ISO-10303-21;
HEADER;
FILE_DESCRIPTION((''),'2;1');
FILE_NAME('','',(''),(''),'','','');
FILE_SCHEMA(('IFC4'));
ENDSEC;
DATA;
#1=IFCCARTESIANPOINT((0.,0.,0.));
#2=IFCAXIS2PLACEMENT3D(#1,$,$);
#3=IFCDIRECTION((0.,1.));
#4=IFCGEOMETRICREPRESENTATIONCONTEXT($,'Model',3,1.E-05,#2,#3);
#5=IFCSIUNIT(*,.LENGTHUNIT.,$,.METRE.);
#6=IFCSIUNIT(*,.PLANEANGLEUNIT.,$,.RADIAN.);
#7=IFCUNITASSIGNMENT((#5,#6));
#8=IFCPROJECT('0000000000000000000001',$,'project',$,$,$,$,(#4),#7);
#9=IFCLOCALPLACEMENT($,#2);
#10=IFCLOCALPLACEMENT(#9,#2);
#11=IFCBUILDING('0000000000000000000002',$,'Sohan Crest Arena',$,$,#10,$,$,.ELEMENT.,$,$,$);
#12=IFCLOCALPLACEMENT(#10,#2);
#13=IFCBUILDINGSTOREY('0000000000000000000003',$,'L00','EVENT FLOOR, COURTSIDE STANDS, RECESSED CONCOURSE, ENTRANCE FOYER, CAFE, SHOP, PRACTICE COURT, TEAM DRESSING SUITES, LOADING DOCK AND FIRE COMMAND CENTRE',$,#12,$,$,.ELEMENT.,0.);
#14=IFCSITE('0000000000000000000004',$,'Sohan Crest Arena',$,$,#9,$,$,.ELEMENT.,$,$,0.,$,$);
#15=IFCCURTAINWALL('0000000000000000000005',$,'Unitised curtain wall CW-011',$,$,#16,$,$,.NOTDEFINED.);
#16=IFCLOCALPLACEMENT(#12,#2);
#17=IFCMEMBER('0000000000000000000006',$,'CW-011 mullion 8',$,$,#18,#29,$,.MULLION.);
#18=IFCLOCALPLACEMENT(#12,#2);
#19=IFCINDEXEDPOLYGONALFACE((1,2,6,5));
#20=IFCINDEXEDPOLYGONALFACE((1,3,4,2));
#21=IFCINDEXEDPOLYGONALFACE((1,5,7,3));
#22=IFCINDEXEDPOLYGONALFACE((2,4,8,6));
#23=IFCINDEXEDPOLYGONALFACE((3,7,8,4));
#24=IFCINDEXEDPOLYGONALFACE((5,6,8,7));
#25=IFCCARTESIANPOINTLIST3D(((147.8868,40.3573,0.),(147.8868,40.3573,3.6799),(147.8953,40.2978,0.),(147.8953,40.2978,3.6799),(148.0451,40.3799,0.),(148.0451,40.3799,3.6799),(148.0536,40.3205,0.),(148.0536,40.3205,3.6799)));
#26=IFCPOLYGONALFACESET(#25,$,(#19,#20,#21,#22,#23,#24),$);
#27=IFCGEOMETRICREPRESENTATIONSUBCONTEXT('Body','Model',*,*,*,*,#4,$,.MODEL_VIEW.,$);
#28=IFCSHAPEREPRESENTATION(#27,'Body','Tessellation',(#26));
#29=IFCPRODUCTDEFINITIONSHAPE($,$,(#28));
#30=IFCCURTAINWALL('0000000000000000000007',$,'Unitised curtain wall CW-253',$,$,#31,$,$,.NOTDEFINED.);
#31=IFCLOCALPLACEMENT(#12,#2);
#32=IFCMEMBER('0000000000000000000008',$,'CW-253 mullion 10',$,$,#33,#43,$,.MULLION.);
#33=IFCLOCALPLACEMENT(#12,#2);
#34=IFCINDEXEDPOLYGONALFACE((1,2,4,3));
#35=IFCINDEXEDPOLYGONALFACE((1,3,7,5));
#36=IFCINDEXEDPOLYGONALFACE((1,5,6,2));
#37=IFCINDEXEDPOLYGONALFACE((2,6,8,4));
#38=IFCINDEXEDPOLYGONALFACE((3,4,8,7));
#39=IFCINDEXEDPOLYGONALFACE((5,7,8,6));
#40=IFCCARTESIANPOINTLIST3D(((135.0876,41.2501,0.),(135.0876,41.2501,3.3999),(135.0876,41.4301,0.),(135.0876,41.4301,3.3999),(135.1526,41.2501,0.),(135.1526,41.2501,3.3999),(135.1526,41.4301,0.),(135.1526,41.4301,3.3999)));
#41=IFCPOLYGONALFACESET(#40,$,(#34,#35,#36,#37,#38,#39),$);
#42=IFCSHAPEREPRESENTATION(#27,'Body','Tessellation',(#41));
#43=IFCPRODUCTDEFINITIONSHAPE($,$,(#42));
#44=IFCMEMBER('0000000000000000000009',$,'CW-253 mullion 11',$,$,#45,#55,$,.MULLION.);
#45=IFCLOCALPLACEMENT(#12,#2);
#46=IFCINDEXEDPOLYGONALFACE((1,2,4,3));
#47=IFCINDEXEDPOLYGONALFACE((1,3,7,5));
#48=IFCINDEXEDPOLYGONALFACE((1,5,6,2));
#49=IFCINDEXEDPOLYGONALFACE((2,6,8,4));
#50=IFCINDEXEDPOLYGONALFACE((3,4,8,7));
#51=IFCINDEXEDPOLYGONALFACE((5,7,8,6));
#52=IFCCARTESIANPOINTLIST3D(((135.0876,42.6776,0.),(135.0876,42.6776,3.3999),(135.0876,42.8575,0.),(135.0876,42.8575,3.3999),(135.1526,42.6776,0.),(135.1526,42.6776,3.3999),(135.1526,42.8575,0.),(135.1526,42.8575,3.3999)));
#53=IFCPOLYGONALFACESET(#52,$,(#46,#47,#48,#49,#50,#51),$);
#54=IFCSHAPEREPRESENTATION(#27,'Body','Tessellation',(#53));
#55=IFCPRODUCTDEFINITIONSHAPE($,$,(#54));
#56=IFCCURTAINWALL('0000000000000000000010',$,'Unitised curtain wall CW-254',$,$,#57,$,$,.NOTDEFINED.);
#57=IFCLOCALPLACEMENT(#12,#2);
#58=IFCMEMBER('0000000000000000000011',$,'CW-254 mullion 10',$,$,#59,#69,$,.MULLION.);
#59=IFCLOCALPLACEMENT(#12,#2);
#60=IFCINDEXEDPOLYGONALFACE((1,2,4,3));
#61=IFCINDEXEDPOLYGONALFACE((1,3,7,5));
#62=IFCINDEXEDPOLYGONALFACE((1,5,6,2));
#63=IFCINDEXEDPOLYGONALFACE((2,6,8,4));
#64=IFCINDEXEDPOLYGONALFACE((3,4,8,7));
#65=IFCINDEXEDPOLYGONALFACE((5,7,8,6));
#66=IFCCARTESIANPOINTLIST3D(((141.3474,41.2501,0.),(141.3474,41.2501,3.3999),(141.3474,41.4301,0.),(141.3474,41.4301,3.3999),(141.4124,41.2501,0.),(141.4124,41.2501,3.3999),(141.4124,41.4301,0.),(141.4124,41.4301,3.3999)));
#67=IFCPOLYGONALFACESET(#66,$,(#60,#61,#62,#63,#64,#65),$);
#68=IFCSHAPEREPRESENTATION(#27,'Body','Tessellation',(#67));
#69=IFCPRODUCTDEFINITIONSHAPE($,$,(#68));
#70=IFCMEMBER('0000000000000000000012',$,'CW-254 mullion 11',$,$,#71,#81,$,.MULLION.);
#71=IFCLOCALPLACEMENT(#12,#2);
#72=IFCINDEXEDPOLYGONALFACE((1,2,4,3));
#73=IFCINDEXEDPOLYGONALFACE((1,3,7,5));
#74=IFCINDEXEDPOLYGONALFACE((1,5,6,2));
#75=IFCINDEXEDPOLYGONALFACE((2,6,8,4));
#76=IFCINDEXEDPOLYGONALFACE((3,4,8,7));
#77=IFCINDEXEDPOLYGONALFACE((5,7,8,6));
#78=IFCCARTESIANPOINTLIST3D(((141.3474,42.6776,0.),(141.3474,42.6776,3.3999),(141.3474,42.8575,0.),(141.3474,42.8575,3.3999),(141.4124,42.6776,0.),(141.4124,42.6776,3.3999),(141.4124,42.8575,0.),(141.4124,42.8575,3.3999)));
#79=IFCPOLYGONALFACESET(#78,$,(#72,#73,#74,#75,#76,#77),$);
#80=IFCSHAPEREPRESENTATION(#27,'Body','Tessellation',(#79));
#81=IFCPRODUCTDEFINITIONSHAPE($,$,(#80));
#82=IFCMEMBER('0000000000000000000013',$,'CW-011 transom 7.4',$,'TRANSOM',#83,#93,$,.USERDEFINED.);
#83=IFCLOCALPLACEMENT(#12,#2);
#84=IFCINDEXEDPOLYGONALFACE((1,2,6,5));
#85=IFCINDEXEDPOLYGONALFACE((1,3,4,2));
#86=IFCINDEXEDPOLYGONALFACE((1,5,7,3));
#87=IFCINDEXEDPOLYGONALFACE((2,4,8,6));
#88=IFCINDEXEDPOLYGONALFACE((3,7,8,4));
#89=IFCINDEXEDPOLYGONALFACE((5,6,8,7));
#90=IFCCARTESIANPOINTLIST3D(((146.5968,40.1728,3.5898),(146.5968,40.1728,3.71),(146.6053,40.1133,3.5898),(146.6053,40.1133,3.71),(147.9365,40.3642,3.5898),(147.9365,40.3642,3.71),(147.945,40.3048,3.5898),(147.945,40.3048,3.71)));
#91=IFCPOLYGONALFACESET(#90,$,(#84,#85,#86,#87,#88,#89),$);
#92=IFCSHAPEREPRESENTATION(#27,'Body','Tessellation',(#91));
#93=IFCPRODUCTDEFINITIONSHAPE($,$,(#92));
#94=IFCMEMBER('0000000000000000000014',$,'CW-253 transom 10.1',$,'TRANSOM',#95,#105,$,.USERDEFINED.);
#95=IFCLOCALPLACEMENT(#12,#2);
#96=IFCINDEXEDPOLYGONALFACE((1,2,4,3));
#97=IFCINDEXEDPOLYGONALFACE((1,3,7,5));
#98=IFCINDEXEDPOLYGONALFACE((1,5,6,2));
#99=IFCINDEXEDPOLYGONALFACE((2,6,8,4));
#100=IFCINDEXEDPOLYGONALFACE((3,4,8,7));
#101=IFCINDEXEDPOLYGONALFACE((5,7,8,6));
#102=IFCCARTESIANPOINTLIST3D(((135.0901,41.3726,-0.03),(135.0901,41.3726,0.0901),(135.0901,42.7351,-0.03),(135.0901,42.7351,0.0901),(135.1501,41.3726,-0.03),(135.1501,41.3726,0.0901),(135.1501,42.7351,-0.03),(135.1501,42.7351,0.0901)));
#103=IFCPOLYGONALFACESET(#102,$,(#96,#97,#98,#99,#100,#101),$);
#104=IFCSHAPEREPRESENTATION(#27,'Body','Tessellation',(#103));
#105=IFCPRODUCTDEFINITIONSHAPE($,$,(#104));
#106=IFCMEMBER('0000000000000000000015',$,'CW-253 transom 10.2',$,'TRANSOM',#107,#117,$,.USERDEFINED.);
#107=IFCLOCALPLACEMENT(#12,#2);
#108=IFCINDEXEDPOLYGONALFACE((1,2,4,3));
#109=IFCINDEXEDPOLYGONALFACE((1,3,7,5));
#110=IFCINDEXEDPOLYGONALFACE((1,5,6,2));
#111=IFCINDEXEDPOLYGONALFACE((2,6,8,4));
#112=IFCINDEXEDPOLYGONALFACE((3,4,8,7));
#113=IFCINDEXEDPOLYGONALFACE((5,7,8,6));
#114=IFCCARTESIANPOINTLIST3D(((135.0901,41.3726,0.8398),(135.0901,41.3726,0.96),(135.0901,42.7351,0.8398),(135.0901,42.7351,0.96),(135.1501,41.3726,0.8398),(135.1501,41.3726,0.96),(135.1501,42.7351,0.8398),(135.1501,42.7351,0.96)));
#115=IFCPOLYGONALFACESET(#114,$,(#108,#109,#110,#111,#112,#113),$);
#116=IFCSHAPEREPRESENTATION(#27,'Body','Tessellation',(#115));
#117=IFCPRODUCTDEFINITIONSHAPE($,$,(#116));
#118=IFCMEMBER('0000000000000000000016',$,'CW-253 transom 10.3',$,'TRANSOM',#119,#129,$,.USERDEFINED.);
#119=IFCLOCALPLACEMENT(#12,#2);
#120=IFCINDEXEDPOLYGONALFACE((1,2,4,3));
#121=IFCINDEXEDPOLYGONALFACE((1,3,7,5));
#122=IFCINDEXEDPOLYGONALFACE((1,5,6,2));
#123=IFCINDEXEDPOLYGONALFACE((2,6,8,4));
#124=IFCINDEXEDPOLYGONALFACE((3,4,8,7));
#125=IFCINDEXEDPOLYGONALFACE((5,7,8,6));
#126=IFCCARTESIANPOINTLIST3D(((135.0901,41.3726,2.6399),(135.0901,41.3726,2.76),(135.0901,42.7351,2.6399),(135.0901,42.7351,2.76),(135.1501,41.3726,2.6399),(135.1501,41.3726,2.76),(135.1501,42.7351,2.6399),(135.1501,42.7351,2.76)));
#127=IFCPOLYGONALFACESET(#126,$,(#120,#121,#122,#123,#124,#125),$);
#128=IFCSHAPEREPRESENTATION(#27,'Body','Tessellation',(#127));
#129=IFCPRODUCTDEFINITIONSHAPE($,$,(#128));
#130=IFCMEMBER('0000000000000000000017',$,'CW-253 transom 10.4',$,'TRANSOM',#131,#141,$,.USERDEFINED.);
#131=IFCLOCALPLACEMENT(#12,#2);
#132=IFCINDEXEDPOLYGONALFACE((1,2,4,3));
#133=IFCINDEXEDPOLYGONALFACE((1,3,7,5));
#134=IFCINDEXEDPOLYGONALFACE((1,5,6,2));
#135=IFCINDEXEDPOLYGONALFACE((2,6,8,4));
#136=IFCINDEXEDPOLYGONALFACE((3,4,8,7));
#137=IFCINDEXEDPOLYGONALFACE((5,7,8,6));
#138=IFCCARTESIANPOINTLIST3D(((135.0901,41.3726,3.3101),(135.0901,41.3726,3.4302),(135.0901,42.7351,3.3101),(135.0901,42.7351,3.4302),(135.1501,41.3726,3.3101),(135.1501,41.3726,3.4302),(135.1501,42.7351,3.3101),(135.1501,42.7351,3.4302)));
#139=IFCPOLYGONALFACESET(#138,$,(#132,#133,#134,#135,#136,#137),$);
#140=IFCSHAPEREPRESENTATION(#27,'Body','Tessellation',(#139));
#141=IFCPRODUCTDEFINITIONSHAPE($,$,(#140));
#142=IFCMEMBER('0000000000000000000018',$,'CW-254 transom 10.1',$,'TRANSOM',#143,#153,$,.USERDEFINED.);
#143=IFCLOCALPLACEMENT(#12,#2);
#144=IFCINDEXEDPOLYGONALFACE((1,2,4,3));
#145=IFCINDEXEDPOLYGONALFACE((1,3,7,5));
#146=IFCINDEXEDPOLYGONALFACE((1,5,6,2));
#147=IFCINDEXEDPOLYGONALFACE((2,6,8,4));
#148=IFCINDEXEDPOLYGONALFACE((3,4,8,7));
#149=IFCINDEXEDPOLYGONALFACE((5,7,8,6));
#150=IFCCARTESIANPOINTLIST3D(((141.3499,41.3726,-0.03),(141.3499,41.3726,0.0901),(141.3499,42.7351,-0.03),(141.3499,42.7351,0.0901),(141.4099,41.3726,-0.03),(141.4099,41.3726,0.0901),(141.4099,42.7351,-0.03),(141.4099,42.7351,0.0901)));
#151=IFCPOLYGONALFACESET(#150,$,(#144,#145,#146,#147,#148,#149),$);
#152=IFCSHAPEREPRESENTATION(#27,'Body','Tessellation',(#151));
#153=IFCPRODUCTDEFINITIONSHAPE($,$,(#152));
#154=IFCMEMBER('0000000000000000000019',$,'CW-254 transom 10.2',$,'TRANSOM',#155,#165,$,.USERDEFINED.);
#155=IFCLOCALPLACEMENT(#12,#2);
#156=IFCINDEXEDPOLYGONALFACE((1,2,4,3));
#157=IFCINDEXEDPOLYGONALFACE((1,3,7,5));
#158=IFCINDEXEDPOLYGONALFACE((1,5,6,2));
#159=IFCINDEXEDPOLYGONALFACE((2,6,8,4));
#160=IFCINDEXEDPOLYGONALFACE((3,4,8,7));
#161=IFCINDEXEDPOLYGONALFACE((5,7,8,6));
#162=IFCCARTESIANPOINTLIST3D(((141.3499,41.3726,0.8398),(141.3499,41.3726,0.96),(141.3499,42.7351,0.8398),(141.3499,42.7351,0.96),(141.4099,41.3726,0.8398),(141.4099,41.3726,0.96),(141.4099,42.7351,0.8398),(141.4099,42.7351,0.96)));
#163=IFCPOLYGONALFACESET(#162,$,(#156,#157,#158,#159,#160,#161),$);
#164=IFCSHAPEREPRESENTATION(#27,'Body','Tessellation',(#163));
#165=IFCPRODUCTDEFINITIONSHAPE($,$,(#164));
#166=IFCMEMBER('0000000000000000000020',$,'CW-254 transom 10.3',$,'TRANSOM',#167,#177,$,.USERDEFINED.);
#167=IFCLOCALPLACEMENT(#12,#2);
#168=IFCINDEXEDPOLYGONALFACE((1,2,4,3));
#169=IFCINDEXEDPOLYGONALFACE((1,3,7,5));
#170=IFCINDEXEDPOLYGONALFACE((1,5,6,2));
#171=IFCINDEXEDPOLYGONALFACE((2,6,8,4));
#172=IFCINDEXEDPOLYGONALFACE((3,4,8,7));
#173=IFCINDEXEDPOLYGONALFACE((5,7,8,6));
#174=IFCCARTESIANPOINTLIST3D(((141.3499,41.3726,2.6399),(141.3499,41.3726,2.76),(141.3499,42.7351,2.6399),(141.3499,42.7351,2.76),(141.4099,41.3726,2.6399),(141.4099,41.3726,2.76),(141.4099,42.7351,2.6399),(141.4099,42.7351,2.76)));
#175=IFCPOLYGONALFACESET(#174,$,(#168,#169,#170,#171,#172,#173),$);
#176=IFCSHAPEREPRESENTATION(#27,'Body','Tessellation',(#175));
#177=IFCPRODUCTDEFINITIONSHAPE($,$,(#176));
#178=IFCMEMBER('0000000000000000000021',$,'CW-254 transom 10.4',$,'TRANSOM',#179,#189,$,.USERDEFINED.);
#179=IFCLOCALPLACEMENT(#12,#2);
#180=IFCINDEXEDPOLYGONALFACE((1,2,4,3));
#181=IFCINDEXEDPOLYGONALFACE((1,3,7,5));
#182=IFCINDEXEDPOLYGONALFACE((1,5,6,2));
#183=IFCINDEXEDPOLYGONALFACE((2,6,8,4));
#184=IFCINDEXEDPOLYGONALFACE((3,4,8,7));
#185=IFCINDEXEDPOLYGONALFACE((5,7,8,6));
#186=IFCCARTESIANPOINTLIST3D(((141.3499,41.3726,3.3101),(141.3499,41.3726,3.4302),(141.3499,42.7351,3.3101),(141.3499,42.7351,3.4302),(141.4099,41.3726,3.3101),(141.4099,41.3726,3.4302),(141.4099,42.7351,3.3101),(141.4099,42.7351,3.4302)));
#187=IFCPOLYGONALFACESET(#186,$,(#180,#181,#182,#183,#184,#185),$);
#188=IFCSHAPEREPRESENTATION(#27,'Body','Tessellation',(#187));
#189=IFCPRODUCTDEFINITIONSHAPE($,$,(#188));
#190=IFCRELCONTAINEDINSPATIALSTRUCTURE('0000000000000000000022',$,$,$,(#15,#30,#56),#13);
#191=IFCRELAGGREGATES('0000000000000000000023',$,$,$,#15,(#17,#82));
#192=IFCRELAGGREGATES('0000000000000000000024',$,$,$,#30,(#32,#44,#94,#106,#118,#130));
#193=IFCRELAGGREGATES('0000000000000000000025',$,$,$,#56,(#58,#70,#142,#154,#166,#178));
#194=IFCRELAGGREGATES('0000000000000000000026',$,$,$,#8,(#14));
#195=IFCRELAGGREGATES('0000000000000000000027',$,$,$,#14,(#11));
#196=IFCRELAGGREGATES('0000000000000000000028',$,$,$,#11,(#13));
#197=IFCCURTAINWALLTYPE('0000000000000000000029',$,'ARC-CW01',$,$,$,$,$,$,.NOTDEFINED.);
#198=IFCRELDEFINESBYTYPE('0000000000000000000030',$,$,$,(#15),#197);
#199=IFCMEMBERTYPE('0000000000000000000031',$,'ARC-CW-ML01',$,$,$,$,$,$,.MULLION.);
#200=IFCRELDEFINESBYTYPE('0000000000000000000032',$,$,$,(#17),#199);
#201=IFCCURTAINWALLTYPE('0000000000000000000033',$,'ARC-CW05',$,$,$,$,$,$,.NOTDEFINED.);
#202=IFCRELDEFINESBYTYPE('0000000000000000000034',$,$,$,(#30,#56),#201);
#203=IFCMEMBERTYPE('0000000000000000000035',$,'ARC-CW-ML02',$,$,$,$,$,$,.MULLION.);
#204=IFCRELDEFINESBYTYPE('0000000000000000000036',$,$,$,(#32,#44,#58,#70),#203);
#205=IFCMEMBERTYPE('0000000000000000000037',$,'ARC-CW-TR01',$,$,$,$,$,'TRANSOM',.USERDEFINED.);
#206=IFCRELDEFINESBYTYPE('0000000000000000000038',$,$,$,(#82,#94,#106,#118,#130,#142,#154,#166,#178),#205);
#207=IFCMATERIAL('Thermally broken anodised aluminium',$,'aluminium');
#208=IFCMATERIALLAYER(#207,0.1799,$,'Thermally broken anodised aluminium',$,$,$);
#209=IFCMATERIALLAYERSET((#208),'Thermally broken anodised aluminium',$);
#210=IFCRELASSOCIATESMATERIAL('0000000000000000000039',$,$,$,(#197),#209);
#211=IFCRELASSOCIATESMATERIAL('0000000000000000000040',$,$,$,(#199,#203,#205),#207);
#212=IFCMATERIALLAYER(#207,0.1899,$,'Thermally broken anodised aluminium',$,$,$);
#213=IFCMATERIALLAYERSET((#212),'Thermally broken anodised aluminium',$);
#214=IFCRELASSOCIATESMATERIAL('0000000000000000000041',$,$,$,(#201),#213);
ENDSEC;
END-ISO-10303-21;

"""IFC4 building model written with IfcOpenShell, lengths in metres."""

from ifc_helpers import new_model, si_unit, direction, frame, origin, origin_2d, place, context, subcontext, project, spatial, rectangle, extrude, material, layer, layer_set, material_profile, profile_set, type_object, element, aggregate, save


model = new_model("IFC4")

# Units and contexts
model_context = context("Model", 3, precision=1e-05, world=origin(), true_north=direction((0.0, 1.0)))
body_context = subcontext(model_context, "Body", "Model", "MODEL_VIEW")
ifc_project = project(units=[si_unit("LENGTHUNIT", "METRE"), si_unit("PLANEANGLEUNIT", "RADIAN")], contexts=[model_context])

# Site, building, storey
site_placement = place(None, origin())
site = spatial("IfcSite", under=ifc_project, at=site_placement, Name="Sohan Crest Arena", CompositionType="ELEMENT", RefElevation=0.0)
building_placement = place(site_placement, origin())
building = spatial("IfcBuilding", under=site, at=building_placement, Name="Sohan Crest Arena", CompositionType="ELEMENT")
storey_placement = place(building_placement, origin())
storey = spatial("IfcBuildingStorey", under=building, at=storey_placement, Name="L00", Description="EVENT FLOOR, COURTSIDE STANDS, RECESSED CONCOURSE, ENTRANCE FOYER, CAFE, SHOP, PRACTICE COURT, TEAM DRESSING SUITES, LOADING DOCK AND FIRE COMMAND CENTRE", CompositionType="ELEMENT", Elevation=0.0)

# Curtain wall, member
ifc_material_1 = material(Name="Thermally broken anodised aluminium", Category="aluminium")
ifc_layer_1 = layer(ifc_material_1, 0.1799, Name="Thermally broken anodised aluminium")
ifc_layer_set_1 = layer_set([ifc_layer_1], Name="Thermally broken anodised aluminium")
curtain_wall_type_1 = type_object("IfcCurtainWallType", Name="ARC-CW01", PredefinedType="NOTDEFINED", material=ifc_layer_set_1)
curtain_wall_1_placement = place(storey_placement, origin())
curtain_wall_1 = element("IfcCurtainWall", 1, at=curtain_wall_1_placement, inside=storey, type_object=curtain_wall_type_1, Name="Unitised curtain wall CW-011", PredefinedType="NOTDEFINED")
ifc_material_profile_1 = material_profile(ifc_material_1, rectangle(XDim=0.0601, YDim=0.1599, at=origin_2d()), Name="ALU-MULL 60x160")
ifc_profile_set_1 = profile_set([ifc_material_profile_1], Name="Thermally broken anodised aluminium")
member_type_1 = type_object("IfcMemberType", Name="ARC-CW-ML01", PredefinedType="MULLION", material=ifc_profile_set_1)
member_1_placement = place(storey_placement, frame((147.9702, 40.3389, 0.0), z_axis=(0.0, 0.0, 1.0), x_axis=(-0.141463, 0.989944, 0.0)))
member_1 = element("IfcMember", 2, at=member_1_placement, type_object=member_type_1, Name="CW-011 mullion 8", PredefinedType="MULLION", context=body_context, shape_type="SweptSolid", body=[
    extrude(rectangle(XDim=0.0601, YDim=0.1599, at=origin_2d()), origin(), (0.0, 0.0, 1.0), 3.6799),
])

# Curtain walls, members
ifc_layer_2 = layer(ifc_material_1, 0.1899, Name="Thermally broken anodised aluminium")
ifc_layer_set_2 = layer_set([ifc_layer_2], Name="Thermally broken anodised aluminium")
curtain_wall_type_2 = type_object("IfcCurtainWallType", Name="ARC-CW05", PredefinedType="NOTDEFINED", material=ifc_layer_set_2)
curtain_wall_2_placement = place(storey_placement, origin())
curtain_wall_2 = element("IfcCurtainWall", 3, at=curtain_wall_2_placement, inside=storey, type_object=curtain_wall_type_2, Name="Unitised curtain wall CW-253", PredefinedType="NOTDEFINED")
ifc_material_profile_2 = material_profile(ifc_material_1, rectangle(XDim=0.0649, YDim=0.1799, at=origin_2d()), Name="ALU-MULL 65x180")
ifc_profile_set_2 = profile_set([ifc_material_profile_2], Name="Thermally broken anodised aluminium")
member_type_2 = type_object("IfcMemberType", Name="ARC-CW-ML02", PredefinedType="MULLION", material=ifc_profile_set_2)
member_2_placement = place(storey_placement, frame((135.1201, 41.3401, 0.0), z_axis=(0.0, 0.0, 1.0), x_axis=(-1.0, 0.0, 0.0)))
member_2 = element("IfcMember", 4, at=member_2_placement, type_object=member_type_2, Name="CW-253 mullion 10", PredefinedType="MULLION", context=body_context, shape_type="SweptSolid", body=[
    extrude(rectangle(XDim=0.0649, YDim=0.1799, at=origin_2d()), origin(), (0.0, 0.0, 1.0), 3.3999),
])
member_3_placement = place(storey_placement, frame((135.1201, 42.7676, 0.0), z_axis=(0.0, 0.0, 1.0), x_axis=(-1.0, 0.0, 0.0)))
member_3 = element("IfcMember", 5, at=member_3_placement, type_object=member_type_2, Name="CW-253 mullion 11", PredefinedType="MULLION", context=body_context, shape_type="SweptSolid", body=[
    extrude(rectangle(XDim=0.0649, YDim=0.1799, at=origin_2d()), origin(), (0.0, 0.0, 1.0), 3.3999),
])
curtain_wall_3_placement = place(storey_placement, origin())
curtain_wall_3 = element("IfcCurtainWall", 6, at=curtain_wall_3_placement, inside=storey, type_object=curtain_wall_type_2, Name="Unitised curtain wall CW-254", PredefinedType="NOTDEFINED")
member_4_placement = place(storey_placement, frame((141.3799, 41.3401, 0.0), z_axis=(0.0, 0.0, 1.0), x_axis=(-1.0, 0.0, 0.0)))
member_4 = element("IfcMember", 7, at=member_4_placement, type_object=member_type_2, Name="CW-254 mullion 10", PredefinedType="MULLION", context=body_context, shape_type="SweptSolid", body=[
    extrude(rectangle(XDim=0.0649, YDim=0.1799, at=origin_2d()), origin(), (0.0, 0.0, 1.0), 3.3999),
])
member_5_placement = place(storey_placement, frame((141.3799, 42.7676, 0.0), z_axis=(0.0, 0.0, 1.0), x_axis=(-1.0, 0.0, 0.0)))
member_5 = element("IfcMember", 8, at=member_5_placement, type_object=member_type_2, Name="CW-254 mullion 11", PredefinedType="MULLION", context=body_context, shape_type="SweptSolid", body=[
    extrude(rectangle(XDim=0.0649, YDim=0.1799, at=origin_2d()), origin(), (0.0, 0.0, 1.0), 3.3999),
])

# Members
ifc_material_profile_3 = material_profile(ifc_material_1, rectangle(XDim=0.0601, YDim=0.1201, at=origin_2d()), Name="ALU-TRAN 60x120")
ifc_profile_set_3 = profile_set([ifc_material_profile_3], Name="Thermally broken anodised aluminium")
member_type_3 = type_object("IfcMemberType", Name="ARC-CW-TR01", ElementType="TRANSOM", PredefinedType="USERDEFINED", material=ifc_profile_set_3)
member_6_placement = place(storey_placement, frame((146.6011, 40.1431, 3.6499), z_axis=(0.989946, 0.141447, 0.0), x_axis=(-0.141447, 0.989946, 0.0)))
member_6 = element("IfcMember", 9, at=member_6_placement, type_object=member_type_3, Name="CW-011 transom 7.4", ObjectType="TRANSOM", PredefinedType="USERDEFINED", context=body_context, shape_type="SweptSolid", body=[
    extrude(rectangle(XDim=0.0601, YDim=0.1201, at=origin_2d()), origin(), (0.0, 0.0, 1.0), 1.3533),
])
member_7_placement = place(storey_placement, frame((135.1201, 41.3726, 0.03), z_axis=(0.0, 1.0, 0.0), x_axis=(-1.0, 0.0, 0.0)))
member_7 = element("IfcMember", 10, at=member_7_placement, type_object=member_type_3, Name="CW-253 transom 10.1", ObjectType="TRANSOM", PredefinedType="USERDEFINED", context=body_context, shape_type="SweptSolid", body=[
    extrude(rectangle(XDim=0.0601, YDim=0.1201, at=origin_2d()), origin(), (0.0, 0.0, 1.0), 1.3625),
])
member_8_placement = place(storey_placement, frame((135.1201, 41.3726, 0.8999), z_axis=(0.0, 1.0, 0.0), x_axis=(-1.0, 0.0, 0.0)))
member_8 = element("IfcMember", 11, at=member_8_placement, type_object=member_type_3, Name="CW-253 transom 10.2", ObjectType="TRANSOM", PredefinedType="USERDEFINED", context=body_context, shape_type="SweptSolid", body=[
    extrude(rectangle(XDim=0.0601, YDim=0.1201, at=origin_2d()), origin(), (0.0, 0.0, 1.0), 1.3625),
])
member_9_placement = place(storey_placement, frame((135.1201, 41.3726, 2.7), z_axis=(0.0, 1.0, 0.0), x_axis=(-1.0, 0.0, 0.0)))
member_9 = element("IfcMember", 12, at=member_9_placement, type_object=member_type_3, Name="CW-253 transom 10.3", ObjectType="TRANSOM", PredefinedType="USERDEFINED", context=body_context, shape_type="SweptSolid", body=[
    extrude(rectangle(XDim=0.0601, YDim=0.1201, at=origin_2d()), origin(), (0.0, 0.0, 1.0), 1.3625),
])
member_10_placement = place(storey_placement, frame((135.1201, 41.3726, 3.3701), z_axis=(0.0, 1.0, 0.0), x_axis=(-1.0, 0.0, 0.0)))
member_10 = element("IfcMember", 13, at=member_10_placement, type_object=member_type_3, Name="CW-253 transom 10.4", ObjectType="TRANSOM", PredefinedType="USERDEFINED", context=body_context, shape_type="SweptSolid", body=[
    extrude(rectangle(XDim=0.0601, YDim=0.1201, at=origin_2d()), origin(), (0.0, 0.0, 1.0), 1.3625),
])
member_11_placement = place(storey_placement, frame((141.3799, 41.3726, 0.03), z_axis=(0.0, 1.0, 0.0), x_axis=(-1.0, 0.0, 0.0)))
member_11 = element("IfcMember", 14, at=member_11_placement, type_object=member_type_3, Name="CW-254 transom 10.1", ObjectType="TRANSOM", PredefinedType="USERDEFINED", context=body_context, shape_type="SweptSolid", body=[
    extrude(rectangle(XDim=0.0601, YDim=0.1201, at=origin_2d()), origin(), (0.0, 0.0, 1.0), 1.3625),
])
member_12_placement = place(storey_placement, frame((141.3799, 41.3726, 0.8999), z_axis=(0.0, 1.0, 0.0), x_axis=(-1.0, 0.0, 0.0)))
member_12 = element("IfcMember", 15, at=member_12_placement, type_object=member_type_3, Name="CW-254 transom 10.2", ObjectType="TRANSOM", PredefinedType="USERDEFINED", context=body_context, shape_type="SweptSolid", body=[
    extrude(rectangle(XDim=0.0601, YDim=0.1201, at=origin_2d()), origin(), (0.0, 0.0, 1.0), 1.3625),
])
member_13_placement = place(storey_placement, frame((141.3799, 41.3726, 2.7), z_axis=(0.0, 1.0, 0.0), x_axis=(-1.0, 0.0, 0.0)))
member_13 = element("IfcMember", 16, at=member_13_placement, type_object=member_type_3, Name="CW-254 transom 10.3", ObjectType="TRANSOM", PredefinedType="USERDEFINED", context=body_context, shape_type="SweptSolid", body=[
    extrude(rectangle(XDim=0.0601, YDim=0.1201, at=origin_2d()), origin(), (0.0, 0.0, 1.0), 1.3625),
])
member_14_placement = place(storey_placement, frame((141.3799, 41.3726, 3.3701), z_axis=(0.0, 1.0, 0.0), x_axis=(-1.0, 0.0, 0.0)))
member_14 = element("IfcMember", 17, at=member_14_placement, type_object=member_type_3, Name="CW-254 transom 10.4", ObjectType="TRANSOM", PredefinedType="USERDEFINED", context=body_context, shape_type="SweptSolid", body=[
    extrude(rectangle(XDim=0.0601, YDim=0.1201, at=origin_2d()), origin(), (0.0, 0.0, 1.0), 1.3625),
])

aggregate(curtain_wall_1, [member_1, member_6])
aggregate(curtain_wall_2, [member_2, member_3, member_7, member_8, member_9, member_10])
aggregate(curtain_wall_3, [member_4, member_5, member_11, member_12, member_13, member_14])

save(model, "model.ifc")
